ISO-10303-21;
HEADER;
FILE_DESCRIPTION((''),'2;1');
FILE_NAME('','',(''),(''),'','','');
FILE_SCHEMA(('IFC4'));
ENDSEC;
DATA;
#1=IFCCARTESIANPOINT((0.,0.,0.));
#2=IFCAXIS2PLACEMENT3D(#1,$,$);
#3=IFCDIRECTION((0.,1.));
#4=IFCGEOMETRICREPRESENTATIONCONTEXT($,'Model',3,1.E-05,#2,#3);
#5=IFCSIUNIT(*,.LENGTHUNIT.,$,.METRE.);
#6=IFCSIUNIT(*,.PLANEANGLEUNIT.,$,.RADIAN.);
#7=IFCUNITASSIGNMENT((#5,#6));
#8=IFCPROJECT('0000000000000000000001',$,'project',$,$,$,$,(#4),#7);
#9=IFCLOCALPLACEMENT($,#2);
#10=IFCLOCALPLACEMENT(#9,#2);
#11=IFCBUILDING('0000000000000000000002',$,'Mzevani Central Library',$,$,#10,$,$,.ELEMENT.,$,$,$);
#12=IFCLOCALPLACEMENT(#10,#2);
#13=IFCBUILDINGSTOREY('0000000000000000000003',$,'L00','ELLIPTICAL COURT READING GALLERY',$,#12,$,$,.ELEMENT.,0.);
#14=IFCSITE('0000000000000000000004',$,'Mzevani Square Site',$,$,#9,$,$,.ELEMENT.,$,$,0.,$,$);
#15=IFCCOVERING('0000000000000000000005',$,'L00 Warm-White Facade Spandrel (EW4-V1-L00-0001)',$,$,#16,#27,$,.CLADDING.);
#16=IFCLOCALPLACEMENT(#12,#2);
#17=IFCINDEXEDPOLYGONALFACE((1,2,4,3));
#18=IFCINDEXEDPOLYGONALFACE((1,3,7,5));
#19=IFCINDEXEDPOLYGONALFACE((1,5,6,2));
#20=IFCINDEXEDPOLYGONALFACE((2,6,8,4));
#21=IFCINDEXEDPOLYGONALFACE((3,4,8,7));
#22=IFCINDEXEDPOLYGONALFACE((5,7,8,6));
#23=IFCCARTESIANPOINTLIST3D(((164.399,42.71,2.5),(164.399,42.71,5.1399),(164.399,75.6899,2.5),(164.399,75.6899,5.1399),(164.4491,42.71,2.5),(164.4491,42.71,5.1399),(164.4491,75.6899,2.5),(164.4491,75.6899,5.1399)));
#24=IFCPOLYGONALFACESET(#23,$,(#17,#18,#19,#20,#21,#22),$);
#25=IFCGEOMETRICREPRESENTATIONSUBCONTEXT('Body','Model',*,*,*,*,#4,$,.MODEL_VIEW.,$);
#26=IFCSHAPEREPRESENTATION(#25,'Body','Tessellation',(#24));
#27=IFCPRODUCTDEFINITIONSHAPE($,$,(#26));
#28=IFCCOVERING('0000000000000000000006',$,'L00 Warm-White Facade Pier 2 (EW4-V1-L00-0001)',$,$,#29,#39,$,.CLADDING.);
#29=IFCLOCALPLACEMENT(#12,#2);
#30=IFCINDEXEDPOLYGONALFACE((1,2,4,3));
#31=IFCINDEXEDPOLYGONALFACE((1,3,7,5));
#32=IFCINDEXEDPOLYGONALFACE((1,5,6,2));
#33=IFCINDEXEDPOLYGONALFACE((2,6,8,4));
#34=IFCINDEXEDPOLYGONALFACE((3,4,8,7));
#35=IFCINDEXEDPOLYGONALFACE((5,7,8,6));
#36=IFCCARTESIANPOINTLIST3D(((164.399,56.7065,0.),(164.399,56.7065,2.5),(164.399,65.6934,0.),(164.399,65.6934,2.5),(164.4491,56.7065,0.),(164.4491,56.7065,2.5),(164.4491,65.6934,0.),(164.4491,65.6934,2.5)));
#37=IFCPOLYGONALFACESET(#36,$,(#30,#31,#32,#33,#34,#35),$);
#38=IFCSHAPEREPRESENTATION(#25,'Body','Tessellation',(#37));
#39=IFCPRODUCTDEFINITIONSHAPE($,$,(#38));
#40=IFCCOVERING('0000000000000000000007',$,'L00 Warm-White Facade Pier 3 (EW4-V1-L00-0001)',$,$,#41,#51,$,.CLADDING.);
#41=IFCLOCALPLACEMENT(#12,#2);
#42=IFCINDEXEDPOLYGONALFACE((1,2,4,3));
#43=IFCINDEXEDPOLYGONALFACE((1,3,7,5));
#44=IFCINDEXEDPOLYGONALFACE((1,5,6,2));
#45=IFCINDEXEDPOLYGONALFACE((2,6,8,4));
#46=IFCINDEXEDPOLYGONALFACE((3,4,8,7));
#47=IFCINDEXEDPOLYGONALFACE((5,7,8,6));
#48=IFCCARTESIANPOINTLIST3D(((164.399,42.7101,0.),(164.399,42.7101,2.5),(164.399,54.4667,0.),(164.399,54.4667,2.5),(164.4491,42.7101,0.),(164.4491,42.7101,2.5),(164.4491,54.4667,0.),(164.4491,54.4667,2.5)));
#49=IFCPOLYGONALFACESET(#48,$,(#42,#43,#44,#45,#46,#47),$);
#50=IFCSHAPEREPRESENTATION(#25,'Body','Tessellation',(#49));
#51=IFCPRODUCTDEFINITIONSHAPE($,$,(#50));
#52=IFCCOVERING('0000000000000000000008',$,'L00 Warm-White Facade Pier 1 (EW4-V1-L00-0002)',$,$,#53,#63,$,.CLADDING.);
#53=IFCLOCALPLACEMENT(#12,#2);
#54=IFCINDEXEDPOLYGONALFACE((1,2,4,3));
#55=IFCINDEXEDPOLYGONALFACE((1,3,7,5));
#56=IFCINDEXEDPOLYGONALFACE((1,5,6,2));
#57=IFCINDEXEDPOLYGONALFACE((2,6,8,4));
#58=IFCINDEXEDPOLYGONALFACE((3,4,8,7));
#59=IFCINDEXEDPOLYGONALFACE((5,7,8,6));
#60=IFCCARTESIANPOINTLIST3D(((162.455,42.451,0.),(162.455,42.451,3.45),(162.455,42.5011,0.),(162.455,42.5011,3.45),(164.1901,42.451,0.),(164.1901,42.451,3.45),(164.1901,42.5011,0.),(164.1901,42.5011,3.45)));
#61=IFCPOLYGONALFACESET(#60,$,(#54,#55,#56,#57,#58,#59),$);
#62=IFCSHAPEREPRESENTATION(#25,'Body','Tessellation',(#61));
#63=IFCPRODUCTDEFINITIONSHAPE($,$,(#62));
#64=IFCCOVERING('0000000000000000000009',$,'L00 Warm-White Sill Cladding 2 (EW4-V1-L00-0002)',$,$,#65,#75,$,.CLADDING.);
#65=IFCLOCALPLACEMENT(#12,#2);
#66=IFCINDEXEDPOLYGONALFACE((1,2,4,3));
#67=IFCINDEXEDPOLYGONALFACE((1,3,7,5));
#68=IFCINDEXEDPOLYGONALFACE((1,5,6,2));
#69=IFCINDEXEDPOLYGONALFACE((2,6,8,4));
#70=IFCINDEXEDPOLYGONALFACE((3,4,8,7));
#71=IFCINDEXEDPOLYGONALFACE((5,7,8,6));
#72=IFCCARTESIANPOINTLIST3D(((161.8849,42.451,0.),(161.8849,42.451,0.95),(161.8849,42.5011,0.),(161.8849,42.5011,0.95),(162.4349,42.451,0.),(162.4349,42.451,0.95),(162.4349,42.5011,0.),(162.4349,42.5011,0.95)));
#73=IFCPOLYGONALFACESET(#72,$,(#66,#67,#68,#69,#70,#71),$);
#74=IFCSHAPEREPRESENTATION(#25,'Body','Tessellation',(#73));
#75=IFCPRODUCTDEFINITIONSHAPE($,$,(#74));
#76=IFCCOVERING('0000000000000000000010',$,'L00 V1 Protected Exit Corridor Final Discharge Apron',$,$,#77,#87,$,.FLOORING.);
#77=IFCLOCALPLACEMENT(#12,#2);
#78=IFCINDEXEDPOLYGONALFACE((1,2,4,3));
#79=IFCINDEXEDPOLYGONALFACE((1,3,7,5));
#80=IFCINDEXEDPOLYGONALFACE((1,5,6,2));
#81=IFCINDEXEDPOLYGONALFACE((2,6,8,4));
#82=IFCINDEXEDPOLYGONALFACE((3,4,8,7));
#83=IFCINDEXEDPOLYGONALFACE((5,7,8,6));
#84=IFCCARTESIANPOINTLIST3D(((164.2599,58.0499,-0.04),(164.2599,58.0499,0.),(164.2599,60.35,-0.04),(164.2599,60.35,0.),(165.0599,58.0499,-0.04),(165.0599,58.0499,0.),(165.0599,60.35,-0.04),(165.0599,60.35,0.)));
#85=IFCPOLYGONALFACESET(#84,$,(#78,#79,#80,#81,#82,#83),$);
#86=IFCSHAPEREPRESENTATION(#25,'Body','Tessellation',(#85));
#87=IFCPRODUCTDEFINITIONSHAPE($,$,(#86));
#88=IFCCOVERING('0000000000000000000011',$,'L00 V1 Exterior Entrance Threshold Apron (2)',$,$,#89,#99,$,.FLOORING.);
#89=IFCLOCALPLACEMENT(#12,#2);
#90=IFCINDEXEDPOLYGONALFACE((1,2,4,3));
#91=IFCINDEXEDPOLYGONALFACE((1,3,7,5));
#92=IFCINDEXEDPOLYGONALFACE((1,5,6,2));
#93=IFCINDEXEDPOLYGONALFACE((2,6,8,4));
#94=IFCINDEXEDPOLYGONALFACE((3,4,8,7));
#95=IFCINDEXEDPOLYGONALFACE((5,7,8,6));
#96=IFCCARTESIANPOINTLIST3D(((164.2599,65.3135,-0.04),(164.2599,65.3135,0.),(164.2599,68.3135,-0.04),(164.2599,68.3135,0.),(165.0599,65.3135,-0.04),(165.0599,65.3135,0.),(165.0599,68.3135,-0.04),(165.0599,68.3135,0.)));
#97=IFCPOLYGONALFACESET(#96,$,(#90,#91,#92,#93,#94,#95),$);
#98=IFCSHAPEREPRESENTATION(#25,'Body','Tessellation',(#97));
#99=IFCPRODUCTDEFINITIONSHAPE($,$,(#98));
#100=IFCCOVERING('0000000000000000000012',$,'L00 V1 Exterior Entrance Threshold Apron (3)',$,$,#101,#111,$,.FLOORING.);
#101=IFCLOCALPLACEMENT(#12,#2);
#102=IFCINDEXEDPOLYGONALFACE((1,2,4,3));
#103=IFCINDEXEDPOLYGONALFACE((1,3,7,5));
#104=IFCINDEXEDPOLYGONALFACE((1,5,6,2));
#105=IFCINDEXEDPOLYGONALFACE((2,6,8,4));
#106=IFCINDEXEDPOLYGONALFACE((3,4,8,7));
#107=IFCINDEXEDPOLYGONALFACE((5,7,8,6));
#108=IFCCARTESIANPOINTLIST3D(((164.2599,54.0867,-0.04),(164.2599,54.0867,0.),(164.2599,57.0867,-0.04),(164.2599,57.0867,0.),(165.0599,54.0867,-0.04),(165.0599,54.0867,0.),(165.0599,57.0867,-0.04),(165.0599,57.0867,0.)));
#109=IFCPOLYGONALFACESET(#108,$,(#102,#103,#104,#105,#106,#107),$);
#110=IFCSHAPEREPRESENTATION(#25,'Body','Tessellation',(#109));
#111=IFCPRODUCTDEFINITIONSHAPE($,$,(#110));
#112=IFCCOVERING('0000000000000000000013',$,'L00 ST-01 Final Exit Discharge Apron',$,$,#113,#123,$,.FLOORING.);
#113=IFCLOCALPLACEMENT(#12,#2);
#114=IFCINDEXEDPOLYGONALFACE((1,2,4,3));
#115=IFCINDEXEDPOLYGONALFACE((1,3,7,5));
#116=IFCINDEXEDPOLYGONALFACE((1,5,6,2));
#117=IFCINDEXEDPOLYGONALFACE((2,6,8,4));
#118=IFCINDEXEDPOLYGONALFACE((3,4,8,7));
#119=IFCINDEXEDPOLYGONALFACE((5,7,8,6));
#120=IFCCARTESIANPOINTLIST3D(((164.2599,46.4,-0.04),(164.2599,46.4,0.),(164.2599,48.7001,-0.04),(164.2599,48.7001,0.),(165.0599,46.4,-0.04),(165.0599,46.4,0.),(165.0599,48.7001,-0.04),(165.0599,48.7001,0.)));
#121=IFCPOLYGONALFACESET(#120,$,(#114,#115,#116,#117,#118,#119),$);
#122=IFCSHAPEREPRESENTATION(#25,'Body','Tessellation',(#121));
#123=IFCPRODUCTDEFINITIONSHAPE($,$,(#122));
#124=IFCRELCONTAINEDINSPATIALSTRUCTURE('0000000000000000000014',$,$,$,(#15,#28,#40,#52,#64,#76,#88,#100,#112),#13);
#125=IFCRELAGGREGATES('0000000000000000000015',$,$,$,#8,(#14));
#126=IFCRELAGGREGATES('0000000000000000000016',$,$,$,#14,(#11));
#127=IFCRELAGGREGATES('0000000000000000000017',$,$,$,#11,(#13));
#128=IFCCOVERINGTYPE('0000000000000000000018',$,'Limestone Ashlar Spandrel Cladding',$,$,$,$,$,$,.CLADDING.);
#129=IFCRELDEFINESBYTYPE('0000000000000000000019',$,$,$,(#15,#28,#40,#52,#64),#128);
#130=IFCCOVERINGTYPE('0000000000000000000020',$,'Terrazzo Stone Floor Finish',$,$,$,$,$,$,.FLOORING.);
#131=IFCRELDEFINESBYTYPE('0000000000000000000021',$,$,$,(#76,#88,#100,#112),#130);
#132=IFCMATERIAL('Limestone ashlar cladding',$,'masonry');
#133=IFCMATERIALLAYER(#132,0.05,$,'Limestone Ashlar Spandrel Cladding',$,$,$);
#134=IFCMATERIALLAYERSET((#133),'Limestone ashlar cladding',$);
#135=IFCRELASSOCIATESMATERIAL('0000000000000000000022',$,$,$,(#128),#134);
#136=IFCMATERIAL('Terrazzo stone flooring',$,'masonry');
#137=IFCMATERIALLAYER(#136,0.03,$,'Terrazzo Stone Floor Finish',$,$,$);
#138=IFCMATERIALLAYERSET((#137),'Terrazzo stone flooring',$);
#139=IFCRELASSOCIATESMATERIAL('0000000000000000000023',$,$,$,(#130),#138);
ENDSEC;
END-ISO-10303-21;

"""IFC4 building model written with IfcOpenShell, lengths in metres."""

from ifc_helpers import new_model, si_unit, direction, frame, origin, origin_2d, place, context, subcontext, project, spatial, rectangle, extrude, material, layer, layer_set, type_object, element, save


model = new_model("IFC4")

# Units and contexts
model_context = context("Model", 3, precision=1e-05, world=origin(), true_north=direction((0.0, 1.0)))
body_context = subcontext(model_context, "Body", "Model", "MODEL_VIEW")
ifc_project = project(units=[si_unit("LENGTHUNIT", "METRE"), si_unit("PLANEANGLEUNIT", "RADIAN")], contexts=[model_context])

# Site, building, storey
site_placement = place(None, origin())
site = spatial("IfcSite", under=ifc_project, at=site_placement, Name="Mzevani Square Site", CompositionType="ELEMENT", RefElevation=0.0)
building_placement = place(site_placement, origin())
building = spatial("IfcBuilding", under=site, at=building_placement, Name="Mzevani Central Library", CompositionType="ELEMENT")
storey_placement = place(building_placement, origin())
storey = spatial("IfcBuildingStorey", under=building, at=storey_placement, Name="L00", Description="ELLIPTICAL COURT READING GALLERY", CompositionType="ELEMENT", Elevation=0.0)

# Coverings
ifc_material_1 = material(Name="Limestone ashlar cladding", Category="masonry")
ifc_layer_1 = layer(ifc_material_1, 0.05, Name="Limestone Ashlar Spandrel Cladding")
ifc_layer_set_1 = layer_set([ifc_layer_1], Name="Limestone ashlar cladding")
covering_type_1 = type_object("IfcCoveringType", Name="Limestone Ashlar Spandrel Cladding", PredefinedType="CLADDING", material=ifc_layer_set_1)
covering_1_placement = place(storey_placement, frame((164.4241, 59.2, 2.5), z_axis=(0.0, 0.0, 1.0), x_axis=(0.0, -1.0, 0.0)))
element("IfcCovering", 1, at=covering_1_placement, inside=storey, type_object=covering_type_1, Name="L00 Warm-White Facade Spandrel (EW4-V1-L00-0001)", PredefinedType="CLADDING", context=body_context, shape_type="SweptSolid", body=[
    extrude(rectangle(XDim=32.98, YDim=0.05, at=origin_2d()), origin(), (0.0, 0.0, 1.0), 2.6399),
])
covering_2_placement = place(storey_placement, frame((164.4241, 61.2, 0.0), z_axis=(0.0, 0.0, 1.0), x_axis=(0.0, -1.0, 0.0)))
element("IfcCovering", 2, at=covering_2_placement, inside=storey, type_object=covering_type_1, Name="L00 Warm-White Facade Pier 2 (EW4-V1-L00-0001)", PredefinedType="CLADDING", context=body_context, shape_type="SweptSolid", body=[
    extrude(rectangle(XDim=8.9868, YDim=0.05, at=origin_2d()), origin(), (0.0, 0.0, 1.0), 2.5),
])
covering_3_placement = place(storey_placement, frame((164.4241, 48.5884, 0.0), z_axis=(0.0, 0.0, 1.0), x_axis=(0.0, -1.0, 0.0)))
element("IfcCovering", 3, at=covering_3_placement, inside=storey, type_object=covering_type_1, Name="L00 Warm-White Facade Pier 3 (EW4-V1-L00-0001)", PredefinedType="CLADDING", context=body_context, shape_type="SweptSolid", body=[
    extrude(rectangle(XDim=11.7566, YDim=0.05, at=origin_2d()), origin(), (0.0, 0.0, 1.0), 2.5),
])
covering_4_placement = place(storey_placement, frame((163.3225, 42.4761, 0.0), z_axis=(0.0, 0.0, 1.0), x_axis=(-1.0, 0.0, 0.0)))
element("IfcCovering", 4, at=covering_4_placement, inside=storey, type_object=covering_type_1, Name="L00 Warm-White Facade Pier 1 (EW4-V1-L00-0002)", PredefinedType="CLADDING", context=body_context, shape_type="SweptSolid", body=[
    extrude(rectangle(XDim=1.7351, YDim=0.05, at=origin_2d()), origin(), (0.0, 0.0, 1.0), 3.45),
])
covering_5_placement = place(storey_placement, frame((162.1599, 42.4761, 0.0), z_axis=(0.0, 0.0, 1.0), x_axis=(-1.0, 0.0, 0.0)))
element("IfcCovering", 5, at=covering_5_placement, inside=storey, type_object=covering_type_1, Name="L00 Warm-White Sill Cladding 2 (EW4-V1-L00-0002)", PredefinedType="CLADDING", context=body_context, shape_type="SweptSolid", body=[
    extrude(rectangle(XDim=0.55, YDim=0.05, at=origin_2d()), origin(), (0.0, 0.0, 1.0), 0.95),
])
ifc_material_2 = material(Name="Terrazzo stone flooring", Category="masonry")
ifc_layer_2 = layer(ifc_material_2, 0.03, Name="Terrazzo Stone Floor Finish")
ifc_layer_set_2 = layer_set([ifc_layer_2], Name="Terrazzo stone flooring")
covering_type_2 = type_object("IfcCoveringType", Name="Terrazzo Stone Floor Finish", PredefinedType="FLOORING", material=ifc_layer_set_2)
covering_6_placement = place(storey_placement, frame((164.6599, 59.2, -0.04), z_axis=(0.0, 0.0, 1.0), x_axis=(0.0, -1.0, 0.0)))
element("IfcCovering", 6, at=covering_6_placement, inside=storey, type_object=covering_type_2, Name="L00 V1 Protected Exit Corridor Final Discharge Apron", PredefinedType="FLOORING", context=body_context, shape_type="SweptSolid", body=[
    extrude(rectangle(XDim=2.3, YDim=0.8, at=origin_2d()), origin(), (0.0, 0.0, 1.0), 0.04),
])
for number, where, z_axis, x_axis, name in (
    (7, (164.6599, 66.8135, -0.04), (0.0, 0.0, 1.0), (0.0, -1.0, 0.0), "L00 V1 Exterior Entrance Threshold Apron (2)"),
    (8, (164.6599, 55.5867, -0.04), (0.0, 0.0, 1.0), (0.0, -1.0, 0.0), "L00 V1 Exterior Entrance Threshold Apron (3)"),
):
    element("IfcCovering", number, at=place(storey_placement, frame(where, z_axis=z_axis, x_axis=x_axis)), inside=storey, type_object=covering_type_2, Name=name, PredefinedType="FLOORING", context=body_context, shape_type="SweptSolid", body=[
        extrude(rectangle(XDim=3.0, YDim=0.8, at=origin_2d()), origin(), (0.0, 0.0, 1.0), 0.04),
    ])
covering_7_placement = place(storey_placement, frame((164.6599, 47.55, -0.04), z_axis=(0.0, 0.0, 1.0), x_axis=(0.0, -1.0, 0.0)))
element("IfcCovering", 9, at=covering_7_placement, inside=storey, type_object=covering_type_2, Name="L00 ST-01 Final Exit Discharge Apron", PredefinedType="FLOORING", context=body_context, shape_type="SweptSolid", body=[
    extrude(rectangle(XDim=2.3, YDim=0.8, at=origin_2d()), origin(), (0.0, 0.0, 1.0), 0.04),
])

save(model, "model.ifc")
